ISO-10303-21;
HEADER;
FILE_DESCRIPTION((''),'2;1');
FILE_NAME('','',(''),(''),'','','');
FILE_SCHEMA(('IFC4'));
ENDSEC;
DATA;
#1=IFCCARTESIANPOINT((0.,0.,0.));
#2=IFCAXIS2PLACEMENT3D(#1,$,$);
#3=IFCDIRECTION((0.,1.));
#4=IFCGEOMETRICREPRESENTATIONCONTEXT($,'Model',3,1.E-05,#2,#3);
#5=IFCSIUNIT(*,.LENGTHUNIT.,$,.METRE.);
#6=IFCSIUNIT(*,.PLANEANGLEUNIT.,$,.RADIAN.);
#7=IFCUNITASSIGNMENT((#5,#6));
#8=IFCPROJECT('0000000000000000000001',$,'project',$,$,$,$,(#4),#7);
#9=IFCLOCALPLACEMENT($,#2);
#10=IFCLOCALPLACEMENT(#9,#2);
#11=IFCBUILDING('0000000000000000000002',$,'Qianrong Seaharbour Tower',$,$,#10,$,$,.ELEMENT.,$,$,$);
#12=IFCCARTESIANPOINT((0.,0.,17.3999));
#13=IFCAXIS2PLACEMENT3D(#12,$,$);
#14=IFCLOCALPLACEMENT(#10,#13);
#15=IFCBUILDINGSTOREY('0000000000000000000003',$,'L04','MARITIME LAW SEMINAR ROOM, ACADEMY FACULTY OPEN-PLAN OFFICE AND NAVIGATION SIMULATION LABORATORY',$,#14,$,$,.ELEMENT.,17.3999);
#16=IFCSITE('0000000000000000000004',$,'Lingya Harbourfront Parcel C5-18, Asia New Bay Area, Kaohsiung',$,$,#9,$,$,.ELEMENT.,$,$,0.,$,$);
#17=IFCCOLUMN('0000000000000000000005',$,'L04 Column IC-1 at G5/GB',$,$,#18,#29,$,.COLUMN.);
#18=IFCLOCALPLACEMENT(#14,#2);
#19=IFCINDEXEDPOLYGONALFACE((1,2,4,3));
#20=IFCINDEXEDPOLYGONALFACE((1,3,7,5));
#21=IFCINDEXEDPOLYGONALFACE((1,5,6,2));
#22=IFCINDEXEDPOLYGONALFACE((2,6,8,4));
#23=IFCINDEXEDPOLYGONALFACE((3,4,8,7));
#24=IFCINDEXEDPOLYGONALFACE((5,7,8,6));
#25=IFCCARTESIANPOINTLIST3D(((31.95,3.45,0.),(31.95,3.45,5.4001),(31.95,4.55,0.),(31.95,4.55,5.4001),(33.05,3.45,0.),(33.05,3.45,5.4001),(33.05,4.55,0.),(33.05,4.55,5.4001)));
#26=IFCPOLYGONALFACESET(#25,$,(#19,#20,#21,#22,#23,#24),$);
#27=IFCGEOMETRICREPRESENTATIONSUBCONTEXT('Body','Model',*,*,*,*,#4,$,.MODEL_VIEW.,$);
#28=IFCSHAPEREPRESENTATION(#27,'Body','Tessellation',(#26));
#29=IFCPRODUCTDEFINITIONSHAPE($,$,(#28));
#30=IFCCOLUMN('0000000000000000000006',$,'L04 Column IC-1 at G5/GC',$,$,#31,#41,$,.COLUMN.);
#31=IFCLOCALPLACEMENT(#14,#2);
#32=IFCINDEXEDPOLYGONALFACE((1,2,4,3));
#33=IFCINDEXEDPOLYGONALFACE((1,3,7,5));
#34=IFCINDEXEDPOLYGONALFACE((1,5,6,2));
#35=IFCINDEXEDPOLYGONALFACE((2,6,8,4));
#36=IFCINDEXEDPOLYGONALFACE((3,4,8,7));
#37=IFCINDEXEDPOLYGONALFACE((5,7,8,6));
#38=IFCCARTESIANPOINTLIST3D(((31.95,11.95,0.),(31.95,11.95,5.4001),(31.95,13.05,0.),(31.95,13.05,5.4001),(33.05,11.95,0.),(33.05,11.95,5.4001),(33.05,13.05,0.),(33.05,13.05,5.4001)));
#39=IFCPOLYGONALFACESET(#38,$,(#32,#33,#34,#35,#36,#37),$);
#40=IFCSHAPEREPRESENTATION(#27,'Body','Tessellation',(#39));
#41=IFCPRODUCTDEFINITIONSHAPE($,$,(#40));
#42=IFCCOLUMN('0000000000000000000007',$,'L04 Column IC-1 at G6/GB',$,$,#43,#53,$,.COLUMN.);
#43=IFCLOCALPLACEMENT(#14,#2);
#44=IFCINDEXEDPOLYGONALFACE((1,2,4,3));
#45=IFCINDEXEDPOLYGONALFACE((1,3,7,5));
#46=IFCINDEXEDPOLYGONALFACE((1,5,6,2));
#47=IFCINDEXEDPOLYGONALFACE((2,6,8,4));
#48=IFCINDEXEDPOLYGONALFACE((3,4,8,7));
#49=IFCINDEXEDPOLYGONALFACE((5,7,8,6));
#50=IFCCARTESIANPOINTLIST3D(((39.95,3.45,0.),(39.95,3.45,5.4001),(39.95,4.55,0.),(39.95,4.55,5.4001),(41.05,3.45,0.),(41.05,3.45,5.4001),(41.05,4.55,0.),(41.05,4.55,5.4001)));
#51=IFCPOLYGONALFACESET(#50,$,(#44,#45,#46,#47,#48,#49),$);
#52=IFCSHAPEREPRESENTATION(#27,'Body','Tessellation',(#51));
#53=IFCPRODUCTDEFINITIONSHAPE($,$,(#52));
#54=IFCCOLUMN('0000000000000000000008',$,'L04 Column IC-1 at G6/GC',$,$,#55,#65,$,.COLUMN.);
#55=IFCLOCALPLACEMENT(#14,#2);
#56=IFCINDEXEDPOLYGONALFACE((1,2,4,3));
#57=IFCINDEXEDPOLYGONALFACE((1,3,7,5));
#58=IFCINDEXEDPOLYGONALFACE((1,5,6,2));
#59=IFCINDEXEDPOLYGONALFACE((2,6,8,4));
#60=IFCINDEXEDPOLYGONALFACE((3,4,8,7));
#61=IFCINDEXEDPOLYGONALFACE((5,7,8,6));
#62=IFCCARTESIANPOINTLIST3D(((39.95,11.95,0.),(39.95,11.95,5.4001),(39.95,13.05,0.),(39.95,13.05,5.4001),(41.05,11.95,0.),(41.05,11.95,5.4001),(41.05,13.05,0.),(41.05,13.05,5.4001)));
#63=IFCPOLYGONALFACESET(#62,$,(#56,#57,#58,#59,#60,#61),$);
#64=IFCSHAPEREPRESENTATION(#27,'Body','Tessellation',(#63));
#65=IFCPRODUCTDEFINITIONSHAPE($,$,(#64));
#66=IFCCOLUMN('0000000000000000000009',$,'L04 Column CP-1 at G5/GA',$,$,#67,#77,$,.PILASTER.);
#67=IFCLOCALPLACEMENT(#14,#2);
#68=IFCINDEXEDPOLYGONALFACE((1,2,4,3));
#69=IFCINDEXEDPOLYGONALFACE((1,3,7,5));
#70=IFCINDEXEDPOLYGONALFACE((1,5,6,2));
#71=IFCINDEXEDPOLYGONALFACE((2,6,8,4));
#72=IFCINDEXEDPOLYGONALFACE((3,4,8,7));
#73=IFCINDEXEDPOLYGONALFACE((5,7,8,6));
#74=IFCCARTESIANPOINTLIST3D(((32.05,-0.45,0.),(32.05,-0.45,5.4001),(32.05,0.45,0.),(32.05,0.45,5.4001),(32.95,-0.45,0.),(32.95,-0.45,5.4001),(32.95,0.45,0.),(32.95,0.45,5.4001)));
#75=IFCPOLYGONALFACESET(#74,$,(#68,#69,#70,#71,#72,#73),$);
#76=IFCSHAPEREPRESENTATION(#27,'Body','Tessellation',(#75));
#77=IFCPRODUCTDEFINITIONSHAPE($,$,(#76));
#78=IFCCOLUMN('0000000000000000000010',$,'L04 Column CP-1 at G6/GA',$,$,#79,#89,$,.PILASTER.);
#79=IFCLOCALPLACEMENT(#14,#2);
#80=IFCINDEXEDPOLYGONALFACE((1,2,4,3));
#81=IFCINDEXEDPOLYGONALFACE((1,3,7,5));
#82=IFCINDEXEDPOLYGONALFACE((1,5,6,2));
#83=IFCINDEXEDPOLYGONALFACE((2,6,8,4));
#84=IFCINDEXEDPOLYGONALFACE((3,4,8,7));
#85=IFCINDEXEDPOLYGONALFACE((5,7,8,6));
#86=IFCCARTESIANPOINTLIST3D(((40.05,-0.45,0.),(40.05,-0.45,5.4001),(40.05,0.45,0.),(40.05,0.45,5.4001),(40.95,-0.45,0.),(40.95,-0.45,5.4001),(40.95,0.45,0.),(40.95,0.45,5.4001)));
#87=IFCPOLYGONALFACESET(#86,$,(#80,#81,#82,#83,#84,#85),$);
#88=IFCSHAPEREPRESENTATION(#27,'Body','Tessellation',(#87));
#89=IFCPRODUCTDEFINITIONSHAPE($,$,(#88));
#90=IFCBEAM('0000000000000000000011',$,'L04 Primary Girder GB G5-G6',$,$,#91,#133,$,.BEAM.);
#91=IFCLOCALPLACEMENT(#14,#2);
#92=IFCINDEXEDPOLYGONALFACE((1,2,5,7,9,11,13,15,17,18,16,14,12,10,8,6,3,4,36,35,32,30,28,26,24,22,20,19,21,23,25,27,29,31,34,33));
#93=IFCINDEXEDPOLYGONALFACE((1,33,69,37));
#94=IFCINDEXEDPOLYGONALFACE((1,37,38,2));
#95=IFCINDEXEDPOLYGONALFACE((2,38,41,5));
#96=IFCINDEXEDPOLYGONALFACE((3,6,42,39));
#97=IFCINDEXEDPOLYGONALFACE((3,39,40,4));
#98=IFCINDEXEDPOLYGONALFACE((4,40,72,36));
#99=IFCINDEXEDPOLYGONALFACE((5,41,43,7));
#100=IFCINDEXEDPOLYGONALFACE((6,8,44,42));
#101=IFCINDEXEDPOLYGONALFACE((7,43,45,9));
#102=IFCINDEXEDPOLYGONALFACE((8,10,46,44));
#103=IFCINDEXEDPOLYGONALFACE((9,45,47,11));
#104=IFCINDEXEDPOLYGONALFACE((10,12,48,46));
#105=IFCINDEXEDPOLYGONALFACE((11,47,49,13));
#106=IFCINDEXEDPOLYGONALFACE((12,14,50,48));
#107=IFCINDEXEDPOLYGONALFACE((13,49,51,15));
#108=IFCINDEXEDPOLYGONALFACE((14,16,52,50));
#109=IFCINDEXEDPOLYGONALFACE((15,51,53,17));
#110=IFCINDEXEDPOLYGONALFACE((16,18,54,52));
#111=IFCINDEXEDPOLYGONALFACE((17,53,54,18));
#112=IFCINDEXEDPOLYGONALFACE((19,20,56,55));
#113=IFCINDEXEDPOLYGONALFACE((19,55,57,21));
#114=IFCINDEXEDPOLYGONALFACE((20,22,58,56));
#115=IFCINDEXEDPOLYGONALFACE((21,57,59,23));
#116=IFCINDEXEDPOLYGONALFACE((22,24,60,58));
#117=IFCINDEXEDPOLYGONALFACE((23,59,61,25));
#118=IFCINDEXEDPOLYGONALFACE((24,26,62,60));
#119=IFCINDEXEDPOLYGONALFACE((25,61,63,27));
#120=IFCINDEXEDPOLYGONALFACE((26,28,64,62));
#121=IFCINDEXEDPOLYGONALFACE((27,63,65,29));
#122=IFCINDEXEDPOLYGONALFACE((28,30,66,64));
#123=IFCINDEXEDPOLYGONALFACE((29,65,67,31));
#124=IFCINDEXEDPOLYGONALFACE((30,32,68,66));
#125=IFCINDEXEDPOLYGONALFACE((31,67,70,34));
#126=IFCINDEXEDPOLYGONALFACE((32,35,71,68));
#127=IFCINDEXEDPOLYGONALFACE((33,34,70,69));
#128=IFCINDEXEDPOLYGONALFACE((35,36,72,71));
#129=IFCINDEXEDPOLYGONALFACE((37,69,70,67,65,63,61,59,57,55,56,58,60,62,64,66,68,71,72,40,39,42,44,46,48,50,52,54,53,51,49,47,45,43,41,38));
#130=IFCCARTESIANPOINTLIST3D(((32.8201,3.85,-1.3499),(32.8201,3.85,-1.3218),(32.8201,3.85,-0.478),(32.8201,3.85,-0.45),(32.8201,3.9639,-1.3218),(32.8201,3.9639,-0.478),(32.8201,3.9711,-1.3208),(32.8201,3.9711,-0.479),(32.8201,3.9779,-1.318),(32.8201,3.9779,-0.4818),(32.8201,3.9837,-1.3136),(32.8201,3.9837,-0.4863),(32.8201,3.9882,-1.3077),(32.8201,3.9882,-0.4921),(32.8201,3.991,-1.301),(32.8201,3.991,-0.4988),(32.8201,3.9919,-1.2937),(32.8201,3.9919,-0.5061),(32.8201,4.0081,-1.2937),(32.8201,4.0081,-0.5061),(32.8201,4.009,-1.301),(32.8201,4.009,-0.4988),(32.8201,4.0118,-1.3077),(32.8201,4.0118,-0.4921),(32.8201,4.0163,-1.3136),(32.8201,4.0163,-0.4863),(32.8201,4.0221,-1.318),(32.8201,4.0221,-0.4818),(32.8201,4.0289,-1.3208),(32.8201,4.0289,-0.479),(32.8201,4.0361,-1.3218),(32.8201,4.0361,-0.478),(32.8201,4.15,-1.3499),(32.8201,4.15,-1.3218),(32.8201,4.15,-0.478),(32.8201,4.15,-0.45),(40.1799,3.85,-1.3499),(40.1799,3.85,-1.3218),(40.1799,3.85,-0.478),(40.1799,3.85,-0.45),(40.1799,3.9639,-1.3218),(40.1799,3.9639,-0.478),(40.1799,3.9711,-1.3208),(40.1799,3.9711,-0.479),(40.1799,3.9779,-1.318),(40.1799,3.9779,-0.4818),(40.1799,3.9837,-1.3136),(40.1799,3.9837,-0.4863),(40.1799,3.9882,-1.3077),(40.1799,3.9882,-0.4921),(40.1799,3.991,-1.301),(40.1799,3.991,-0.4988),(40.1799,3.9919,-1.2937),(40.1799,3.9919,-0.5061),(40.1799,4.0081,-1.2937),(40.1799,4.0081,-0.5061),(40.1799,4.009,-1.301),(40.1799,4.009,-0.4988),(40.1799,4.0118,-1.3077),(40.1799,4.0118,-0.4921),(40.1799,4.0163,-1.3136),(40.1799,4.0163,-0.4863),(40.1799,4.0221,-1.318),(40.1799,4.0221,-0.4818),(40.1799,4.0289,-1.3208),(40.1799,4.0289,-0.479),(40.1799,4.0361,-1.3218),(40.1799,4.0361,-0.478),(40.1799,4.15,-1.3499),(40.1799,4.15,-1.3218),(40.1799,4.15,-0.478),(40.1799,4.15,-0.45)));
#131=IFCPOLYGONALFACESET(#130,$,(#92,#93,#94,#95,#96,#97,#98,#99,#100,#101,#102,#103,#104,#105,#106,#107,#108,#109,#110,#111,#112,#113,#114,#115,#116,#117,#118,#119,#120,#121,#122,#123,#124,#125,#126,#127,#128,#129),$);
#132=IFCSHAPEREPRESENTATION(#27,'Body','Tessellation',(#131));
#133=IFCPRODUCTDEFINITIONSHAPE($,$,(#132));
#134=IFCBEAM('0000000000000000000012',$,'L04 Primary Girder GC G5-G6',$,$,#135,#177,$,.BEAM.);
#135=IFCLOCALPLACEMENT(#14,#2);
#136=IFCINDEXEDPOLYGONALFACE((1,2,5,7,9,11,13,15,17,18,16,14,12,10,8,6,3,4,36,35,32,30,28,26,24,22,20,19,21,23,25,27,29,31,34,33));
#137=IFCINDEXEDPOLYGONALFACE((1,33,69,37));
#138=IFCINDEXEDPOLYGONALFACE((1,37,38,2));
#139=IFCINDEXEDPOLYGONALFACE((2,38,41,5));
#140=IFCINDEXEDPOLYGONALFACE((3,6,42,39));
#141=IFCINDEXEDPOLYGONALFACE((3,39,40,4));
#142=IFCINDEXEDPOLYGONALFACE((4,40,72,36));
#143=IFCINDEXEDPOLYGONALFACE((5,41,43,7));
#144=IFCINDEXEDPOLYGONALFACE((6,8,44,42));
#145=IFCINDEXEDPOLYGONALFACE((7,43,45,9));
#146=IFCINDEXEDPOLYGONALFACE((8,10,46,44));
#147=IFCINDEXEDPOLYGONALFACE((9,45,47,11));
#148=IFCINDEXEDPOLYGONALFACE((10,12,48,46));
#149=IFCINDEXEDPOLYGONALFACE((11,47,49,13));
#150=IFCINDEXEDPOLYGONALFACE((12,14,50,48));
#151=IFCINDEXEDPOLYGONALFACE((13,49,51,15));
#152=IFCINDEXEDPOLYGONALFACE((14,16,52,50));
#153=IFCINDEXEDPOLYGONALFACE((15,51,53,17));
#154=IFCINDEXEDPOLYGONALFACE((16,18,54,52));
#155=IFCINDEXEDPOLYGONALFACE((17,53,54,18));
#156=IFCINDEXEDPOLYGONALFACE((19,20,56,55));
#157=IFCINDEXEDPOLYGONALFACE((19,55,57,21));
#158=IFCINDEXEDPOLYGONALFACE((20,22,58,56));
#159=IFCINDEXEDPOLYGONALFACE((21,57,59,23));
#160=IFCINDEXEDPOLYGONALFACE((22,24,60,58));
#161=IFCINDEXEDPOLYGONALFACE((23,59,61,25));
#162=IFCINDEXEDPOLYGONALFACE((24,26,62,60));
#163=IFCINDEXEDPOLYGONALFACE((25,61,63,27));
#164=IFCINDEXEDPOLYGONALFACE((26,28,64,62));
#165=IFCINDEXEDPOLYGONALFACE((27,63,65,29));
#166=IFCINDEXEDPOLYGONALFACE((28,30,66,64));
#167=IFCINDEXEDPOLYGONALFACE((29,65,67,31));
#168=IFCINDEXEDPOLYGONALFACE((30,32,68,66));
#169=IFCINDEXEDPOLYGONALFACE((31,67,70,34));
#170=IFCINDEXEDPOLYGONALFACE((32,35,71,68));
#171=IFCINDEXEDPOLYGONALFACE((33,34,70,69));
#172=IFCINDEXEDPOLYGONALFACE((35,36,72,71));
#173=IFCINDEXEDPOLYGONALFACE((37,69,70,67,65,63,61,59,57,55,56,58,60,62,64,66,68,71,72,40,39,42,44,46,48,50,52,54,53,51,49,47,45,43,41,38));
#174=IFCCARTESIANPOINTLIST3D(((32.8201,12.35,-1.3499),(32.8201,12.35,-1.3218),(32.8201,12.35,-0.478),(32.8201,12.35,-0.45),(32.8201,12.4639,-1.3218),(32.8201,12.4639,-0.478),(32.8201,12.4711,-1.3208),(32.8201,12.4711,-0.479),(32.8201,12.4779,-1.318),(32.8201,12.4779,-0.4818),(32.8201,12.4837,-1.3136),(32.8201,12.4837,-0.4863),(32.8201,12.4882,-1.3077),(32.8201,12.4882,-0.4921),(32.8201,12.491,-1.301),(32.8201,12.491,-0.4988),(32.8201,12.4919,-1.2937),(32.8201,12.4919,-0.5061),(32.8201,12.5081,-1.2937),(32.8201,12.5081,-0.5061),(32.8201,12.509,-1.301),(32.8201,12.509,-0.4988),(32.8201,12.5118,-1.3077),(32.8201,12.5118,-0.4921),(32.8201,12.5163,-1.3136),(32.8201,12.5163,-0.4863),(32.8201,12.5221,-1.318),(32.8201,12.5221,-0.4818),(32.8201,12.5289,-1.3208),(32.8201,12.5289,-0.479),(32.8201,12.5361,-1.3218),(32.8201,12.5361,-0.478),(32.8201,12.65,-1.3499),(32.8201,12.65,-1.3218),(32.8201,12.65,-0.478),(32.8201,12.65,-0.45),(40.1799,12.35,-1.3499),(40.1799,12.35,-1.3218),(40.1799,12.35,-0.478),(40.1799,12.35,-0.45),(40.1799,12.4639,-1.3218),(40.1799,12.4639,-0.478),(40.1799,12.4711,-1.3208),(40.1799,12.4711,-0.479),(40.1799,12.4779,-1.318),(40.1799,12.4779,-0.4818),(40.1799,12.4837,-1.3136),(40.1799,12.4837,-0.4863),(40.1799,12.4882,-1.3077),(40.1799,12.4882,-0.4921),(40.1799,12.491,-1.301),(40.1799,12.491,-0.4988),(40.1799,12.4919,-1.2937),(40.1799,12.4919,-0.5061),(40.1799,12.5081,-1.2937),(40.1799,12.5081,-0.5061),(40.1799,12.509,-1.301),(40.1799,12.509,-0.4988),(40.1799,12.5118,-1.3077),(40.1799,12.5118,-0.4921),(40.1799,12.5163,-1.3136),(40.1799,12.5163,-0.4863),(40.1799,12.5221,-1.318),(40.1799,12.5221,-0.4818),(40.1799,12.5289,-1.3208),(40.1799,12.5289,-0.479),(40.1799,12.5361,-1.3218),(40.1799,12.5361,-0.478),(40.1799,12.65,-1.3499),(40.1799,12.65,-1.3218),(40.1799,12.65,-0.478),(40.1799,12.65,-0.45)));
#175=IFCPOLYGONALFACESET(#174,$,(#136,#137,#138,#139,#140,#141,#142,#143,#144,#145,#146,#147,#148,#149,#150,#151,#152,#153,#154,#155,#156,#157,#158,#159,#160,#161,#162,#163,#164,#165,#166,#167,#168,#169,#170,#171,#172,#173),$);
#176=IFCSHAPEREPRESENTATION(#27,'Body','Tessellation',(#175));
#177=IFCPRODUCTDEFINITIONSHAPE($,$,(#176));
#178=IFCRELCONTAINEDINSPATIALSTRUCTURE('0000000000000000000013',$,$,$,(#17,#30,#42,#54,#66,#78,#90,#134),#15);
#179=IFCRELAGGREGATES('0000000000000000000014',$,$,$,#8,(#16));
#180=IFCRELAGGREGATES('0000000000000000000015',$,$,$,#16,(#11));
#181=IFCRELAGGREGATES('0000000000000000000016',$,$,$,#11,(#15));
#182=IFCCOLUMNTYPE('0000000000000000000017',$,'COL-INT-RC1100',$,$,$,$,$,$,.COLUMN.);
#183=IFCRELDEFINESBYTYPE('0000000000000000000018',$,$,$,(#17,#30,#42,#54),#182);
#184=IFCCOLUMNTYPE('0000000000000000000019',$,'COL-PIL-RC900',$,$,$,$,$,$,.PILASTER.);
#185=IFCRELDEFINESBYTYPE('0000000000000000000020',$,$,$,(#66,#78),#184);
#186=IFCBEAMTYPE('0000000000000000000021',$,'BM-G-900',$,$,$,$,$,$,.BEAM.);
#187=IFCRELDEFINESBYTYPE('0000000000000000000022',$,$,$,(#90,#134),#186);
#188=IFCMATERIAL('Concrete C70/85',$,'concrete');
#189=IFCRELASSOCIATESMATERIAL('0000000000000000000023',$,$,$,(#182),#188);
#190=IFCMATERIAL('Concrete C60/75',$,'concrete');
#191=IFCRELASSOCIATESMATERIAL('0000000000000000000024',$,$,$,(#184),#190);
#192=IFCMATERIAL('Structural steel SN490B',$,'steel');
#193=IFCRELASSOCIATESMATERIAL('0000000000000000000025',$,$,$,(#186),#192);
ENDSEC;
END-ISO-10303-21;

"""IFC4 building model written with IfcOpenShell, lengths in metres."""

from ifc_helpers import new_model, si_unit, direction, frame, origin, origin_2d, place, context, subcontext, project, spatial, rectangle, i_section, extrude, material, material_profile, profile_set, type_object, element, save


model = new_model("IFC4")

# Units and contexts
model_context = context("Model", 3, precision=1e-05, world=origin(), true_north=direction((0.0, 1.0)))
body_context = subcontext(model_context, "Body", "Model", "MODEL_VIEW")
ifc_project = project(units=[si_unit("LENGTHUNIT", "METRE"), si_unit("PLANEANGLEUNIT", "RADIAN")], contexts=[model_context])

# Site, building, storey
site_placement = place(None, origin())
site = spatial("IfcSite", under=ifc_project, at=site_placement, Name="Lingya Harbourfront Parcel C5-18, Asia New Bay Area, Kaohsiung", CompositionType="ELEMENT", RefElevation=0.0)
building_placement = place(site_placement, origin())
building = spatial("IfcBuilding", under=site, at=building_placement, Name="Qianrong Seaharbour Tower", CompositionType="ELEMENT")
storey_placement = place(building_placement, frame((0.0, 0.0, 17.3999)))
storey = spatial("IfcBuildingStorey", under=building, at=storey_placement, Name="L04", Description="MARITIME LAW SEMINAR ROOM, ACADEMY FACULTY OPEN-PLAN OFFICE AND NAVIGATION SIMULATION LABORATORY", CompositionType="ELEMENT", Elevation=17.3999)

# Columns
ifc_material_1 = material(Name="Concrete C70/85", Category="concrete")
ifc_material_profile_1 = material_profile(ifc_material_1, rectangle(XDim=1.1001, YDim=1.1001, at=origin_2d()), Name="RC1100x1100")
ifc_profile_set_1 = profile_set([ifc_material_profile_1], Name="Concrete C70/85")
column_type_1 = type_object("IfcColumnType", Name="COL-INT-RC1100", PredefinedType="COLUMN", material=ifc_profile_set_1)
for number, where, z_axis, x_axis, name in (
    (1, (32.5, 4.0, 0.0), (0.0, 0.0, 1.0), (1.0, 0.0, 0.0), "L04 Column IC-1 at G5/GB"),
    (2, (32.5, 12.5, 0.0), (0.0, 0.0, 1.0), (1.0, 0.0, 0.0), "L04 Column IC-1 at G5/GC"),
    (3, (40.5, 4.0, 0.0), (0.0, 0.0, 1.0), (1.0, 0.0, 0.0), "L04 Column IC-1 at G6/GB"),
    (4, (40.5, 12.5, 0.0), (0.0, 0.0, 1.0), (1.0, 0.0, 0.0), "L04 Column IC-1 at G6/GC"),
):
    element("IfcColumn", number, at=place(storey_placement, frame(where, z_axis=z_axis, x_axis=x_axis)), inside=storey, type_object=column_type_1, Name=name, PredefinedType="COLUMN", context=body_context, shape_type="SweptSolid", body=[
        extrude(rectangle(XDim=1.1001, YDim=1.1001, at=origin_2d()), origin(), (0.0, 0.0, 1.0), 5.4001),
    ])
ifc_material_2 = material(Name="Concrete C60/75", Category="concrete")
ifc_material_profile_2 = material_profile(ifc_material_2, rectangle(XDim=0.8999, YDim=0.8999, at=origin_2d()), Name="RC900x900")
ifc_profile_set_2 = profile_set([ifc_material_profile_2], Name="Concrete C60/75")
column_type_2 = type_object("IfcColumnType", Name="COL-PIL-RC900", PredefinedType="PILASTER", material=ifc_profile_set_2)
for number, where, z_axis, x_axis, name in (
    (5, (32.5, 0.0, 0.0), (0.0, 0.0, 1.0), (1.0, 0.0, 0.0), "L04 Column CP-1 at G5/GA"),
    (6, (40.5, 0.0, 0.0), (0.0, 0.0, 1.0), (1.0, 0.0, 0.0), "L04 Column CP-1 at G6/GA"),
):
    element("IfcColumn", number, at=place(storey_placement, frame(where, z_axis=z_axis, x_axis=x_axis)), inside=storey, type_object=column_type_2, Name=name, PredefinedType="PILASTER", context=body_context, shape_type="SweptSolid", body=[
        extrude(rectangle(XDim=0.8999, YDim=0.8999, at=origin_2d()), origin(), (0.0, 0.0, 1.0), 5.4001),
    ])

# Beams
ifc_material_3 = material(Name="Structural steel SN490B", Category="steel")
ifc_material_profile_3 = material_profile(ifc_material_3, i_section(OverallWidth=0.3, OverallDepth=0.8999, WebThickness=0.0161, FlangeThickness=0.0281, FilletRadius=0.0281, at=origin_2d()), Name="H900x300x16x28")
ifc_profile_set_3 = profile_set([ifc_material_profile_3], Name="Structural steel SN490B")
beam_type_1 = type_object("IfcBeamType", Name="BM-G-900", PredefinedType="BEAM", material=ifc_profile_set_3)
for number, where, z_axis, x_axis, name in (
    (7, (32.8201, 4.0, -0.8999), (1.0, 0.0, 0.0), (0.0, 1.0, 0.0), "L04 Primary Girder GB G5-G6"),
    (8, (32.8201, 12.5, -0.8999), (1.0, 0.0, 0.0), (0.0, 1.0, 0.0), "L04 Primary Girder GC G5-G6"),
):
    element("IfcBeam", number, at=place(storey_placement, frame(where, z_axis=z_axis, x_axis=x_axis)), inside=storey, type_object=beam_type_1, Name=name, PredefinedType="BEAM", context=body_context, shape_type="SweptSolid", body=[
        extrude(i_section(OverallWidth=0.3, OverallDepth=0.8999, WebThickness=0.0161, FlangeThickness=0.0281, FilletRadius=0.0281, at=origin_2d()), origin(), (0.0, 0.0, 1.0), 7.3599),
    ])

save(model, "model.ifc")
